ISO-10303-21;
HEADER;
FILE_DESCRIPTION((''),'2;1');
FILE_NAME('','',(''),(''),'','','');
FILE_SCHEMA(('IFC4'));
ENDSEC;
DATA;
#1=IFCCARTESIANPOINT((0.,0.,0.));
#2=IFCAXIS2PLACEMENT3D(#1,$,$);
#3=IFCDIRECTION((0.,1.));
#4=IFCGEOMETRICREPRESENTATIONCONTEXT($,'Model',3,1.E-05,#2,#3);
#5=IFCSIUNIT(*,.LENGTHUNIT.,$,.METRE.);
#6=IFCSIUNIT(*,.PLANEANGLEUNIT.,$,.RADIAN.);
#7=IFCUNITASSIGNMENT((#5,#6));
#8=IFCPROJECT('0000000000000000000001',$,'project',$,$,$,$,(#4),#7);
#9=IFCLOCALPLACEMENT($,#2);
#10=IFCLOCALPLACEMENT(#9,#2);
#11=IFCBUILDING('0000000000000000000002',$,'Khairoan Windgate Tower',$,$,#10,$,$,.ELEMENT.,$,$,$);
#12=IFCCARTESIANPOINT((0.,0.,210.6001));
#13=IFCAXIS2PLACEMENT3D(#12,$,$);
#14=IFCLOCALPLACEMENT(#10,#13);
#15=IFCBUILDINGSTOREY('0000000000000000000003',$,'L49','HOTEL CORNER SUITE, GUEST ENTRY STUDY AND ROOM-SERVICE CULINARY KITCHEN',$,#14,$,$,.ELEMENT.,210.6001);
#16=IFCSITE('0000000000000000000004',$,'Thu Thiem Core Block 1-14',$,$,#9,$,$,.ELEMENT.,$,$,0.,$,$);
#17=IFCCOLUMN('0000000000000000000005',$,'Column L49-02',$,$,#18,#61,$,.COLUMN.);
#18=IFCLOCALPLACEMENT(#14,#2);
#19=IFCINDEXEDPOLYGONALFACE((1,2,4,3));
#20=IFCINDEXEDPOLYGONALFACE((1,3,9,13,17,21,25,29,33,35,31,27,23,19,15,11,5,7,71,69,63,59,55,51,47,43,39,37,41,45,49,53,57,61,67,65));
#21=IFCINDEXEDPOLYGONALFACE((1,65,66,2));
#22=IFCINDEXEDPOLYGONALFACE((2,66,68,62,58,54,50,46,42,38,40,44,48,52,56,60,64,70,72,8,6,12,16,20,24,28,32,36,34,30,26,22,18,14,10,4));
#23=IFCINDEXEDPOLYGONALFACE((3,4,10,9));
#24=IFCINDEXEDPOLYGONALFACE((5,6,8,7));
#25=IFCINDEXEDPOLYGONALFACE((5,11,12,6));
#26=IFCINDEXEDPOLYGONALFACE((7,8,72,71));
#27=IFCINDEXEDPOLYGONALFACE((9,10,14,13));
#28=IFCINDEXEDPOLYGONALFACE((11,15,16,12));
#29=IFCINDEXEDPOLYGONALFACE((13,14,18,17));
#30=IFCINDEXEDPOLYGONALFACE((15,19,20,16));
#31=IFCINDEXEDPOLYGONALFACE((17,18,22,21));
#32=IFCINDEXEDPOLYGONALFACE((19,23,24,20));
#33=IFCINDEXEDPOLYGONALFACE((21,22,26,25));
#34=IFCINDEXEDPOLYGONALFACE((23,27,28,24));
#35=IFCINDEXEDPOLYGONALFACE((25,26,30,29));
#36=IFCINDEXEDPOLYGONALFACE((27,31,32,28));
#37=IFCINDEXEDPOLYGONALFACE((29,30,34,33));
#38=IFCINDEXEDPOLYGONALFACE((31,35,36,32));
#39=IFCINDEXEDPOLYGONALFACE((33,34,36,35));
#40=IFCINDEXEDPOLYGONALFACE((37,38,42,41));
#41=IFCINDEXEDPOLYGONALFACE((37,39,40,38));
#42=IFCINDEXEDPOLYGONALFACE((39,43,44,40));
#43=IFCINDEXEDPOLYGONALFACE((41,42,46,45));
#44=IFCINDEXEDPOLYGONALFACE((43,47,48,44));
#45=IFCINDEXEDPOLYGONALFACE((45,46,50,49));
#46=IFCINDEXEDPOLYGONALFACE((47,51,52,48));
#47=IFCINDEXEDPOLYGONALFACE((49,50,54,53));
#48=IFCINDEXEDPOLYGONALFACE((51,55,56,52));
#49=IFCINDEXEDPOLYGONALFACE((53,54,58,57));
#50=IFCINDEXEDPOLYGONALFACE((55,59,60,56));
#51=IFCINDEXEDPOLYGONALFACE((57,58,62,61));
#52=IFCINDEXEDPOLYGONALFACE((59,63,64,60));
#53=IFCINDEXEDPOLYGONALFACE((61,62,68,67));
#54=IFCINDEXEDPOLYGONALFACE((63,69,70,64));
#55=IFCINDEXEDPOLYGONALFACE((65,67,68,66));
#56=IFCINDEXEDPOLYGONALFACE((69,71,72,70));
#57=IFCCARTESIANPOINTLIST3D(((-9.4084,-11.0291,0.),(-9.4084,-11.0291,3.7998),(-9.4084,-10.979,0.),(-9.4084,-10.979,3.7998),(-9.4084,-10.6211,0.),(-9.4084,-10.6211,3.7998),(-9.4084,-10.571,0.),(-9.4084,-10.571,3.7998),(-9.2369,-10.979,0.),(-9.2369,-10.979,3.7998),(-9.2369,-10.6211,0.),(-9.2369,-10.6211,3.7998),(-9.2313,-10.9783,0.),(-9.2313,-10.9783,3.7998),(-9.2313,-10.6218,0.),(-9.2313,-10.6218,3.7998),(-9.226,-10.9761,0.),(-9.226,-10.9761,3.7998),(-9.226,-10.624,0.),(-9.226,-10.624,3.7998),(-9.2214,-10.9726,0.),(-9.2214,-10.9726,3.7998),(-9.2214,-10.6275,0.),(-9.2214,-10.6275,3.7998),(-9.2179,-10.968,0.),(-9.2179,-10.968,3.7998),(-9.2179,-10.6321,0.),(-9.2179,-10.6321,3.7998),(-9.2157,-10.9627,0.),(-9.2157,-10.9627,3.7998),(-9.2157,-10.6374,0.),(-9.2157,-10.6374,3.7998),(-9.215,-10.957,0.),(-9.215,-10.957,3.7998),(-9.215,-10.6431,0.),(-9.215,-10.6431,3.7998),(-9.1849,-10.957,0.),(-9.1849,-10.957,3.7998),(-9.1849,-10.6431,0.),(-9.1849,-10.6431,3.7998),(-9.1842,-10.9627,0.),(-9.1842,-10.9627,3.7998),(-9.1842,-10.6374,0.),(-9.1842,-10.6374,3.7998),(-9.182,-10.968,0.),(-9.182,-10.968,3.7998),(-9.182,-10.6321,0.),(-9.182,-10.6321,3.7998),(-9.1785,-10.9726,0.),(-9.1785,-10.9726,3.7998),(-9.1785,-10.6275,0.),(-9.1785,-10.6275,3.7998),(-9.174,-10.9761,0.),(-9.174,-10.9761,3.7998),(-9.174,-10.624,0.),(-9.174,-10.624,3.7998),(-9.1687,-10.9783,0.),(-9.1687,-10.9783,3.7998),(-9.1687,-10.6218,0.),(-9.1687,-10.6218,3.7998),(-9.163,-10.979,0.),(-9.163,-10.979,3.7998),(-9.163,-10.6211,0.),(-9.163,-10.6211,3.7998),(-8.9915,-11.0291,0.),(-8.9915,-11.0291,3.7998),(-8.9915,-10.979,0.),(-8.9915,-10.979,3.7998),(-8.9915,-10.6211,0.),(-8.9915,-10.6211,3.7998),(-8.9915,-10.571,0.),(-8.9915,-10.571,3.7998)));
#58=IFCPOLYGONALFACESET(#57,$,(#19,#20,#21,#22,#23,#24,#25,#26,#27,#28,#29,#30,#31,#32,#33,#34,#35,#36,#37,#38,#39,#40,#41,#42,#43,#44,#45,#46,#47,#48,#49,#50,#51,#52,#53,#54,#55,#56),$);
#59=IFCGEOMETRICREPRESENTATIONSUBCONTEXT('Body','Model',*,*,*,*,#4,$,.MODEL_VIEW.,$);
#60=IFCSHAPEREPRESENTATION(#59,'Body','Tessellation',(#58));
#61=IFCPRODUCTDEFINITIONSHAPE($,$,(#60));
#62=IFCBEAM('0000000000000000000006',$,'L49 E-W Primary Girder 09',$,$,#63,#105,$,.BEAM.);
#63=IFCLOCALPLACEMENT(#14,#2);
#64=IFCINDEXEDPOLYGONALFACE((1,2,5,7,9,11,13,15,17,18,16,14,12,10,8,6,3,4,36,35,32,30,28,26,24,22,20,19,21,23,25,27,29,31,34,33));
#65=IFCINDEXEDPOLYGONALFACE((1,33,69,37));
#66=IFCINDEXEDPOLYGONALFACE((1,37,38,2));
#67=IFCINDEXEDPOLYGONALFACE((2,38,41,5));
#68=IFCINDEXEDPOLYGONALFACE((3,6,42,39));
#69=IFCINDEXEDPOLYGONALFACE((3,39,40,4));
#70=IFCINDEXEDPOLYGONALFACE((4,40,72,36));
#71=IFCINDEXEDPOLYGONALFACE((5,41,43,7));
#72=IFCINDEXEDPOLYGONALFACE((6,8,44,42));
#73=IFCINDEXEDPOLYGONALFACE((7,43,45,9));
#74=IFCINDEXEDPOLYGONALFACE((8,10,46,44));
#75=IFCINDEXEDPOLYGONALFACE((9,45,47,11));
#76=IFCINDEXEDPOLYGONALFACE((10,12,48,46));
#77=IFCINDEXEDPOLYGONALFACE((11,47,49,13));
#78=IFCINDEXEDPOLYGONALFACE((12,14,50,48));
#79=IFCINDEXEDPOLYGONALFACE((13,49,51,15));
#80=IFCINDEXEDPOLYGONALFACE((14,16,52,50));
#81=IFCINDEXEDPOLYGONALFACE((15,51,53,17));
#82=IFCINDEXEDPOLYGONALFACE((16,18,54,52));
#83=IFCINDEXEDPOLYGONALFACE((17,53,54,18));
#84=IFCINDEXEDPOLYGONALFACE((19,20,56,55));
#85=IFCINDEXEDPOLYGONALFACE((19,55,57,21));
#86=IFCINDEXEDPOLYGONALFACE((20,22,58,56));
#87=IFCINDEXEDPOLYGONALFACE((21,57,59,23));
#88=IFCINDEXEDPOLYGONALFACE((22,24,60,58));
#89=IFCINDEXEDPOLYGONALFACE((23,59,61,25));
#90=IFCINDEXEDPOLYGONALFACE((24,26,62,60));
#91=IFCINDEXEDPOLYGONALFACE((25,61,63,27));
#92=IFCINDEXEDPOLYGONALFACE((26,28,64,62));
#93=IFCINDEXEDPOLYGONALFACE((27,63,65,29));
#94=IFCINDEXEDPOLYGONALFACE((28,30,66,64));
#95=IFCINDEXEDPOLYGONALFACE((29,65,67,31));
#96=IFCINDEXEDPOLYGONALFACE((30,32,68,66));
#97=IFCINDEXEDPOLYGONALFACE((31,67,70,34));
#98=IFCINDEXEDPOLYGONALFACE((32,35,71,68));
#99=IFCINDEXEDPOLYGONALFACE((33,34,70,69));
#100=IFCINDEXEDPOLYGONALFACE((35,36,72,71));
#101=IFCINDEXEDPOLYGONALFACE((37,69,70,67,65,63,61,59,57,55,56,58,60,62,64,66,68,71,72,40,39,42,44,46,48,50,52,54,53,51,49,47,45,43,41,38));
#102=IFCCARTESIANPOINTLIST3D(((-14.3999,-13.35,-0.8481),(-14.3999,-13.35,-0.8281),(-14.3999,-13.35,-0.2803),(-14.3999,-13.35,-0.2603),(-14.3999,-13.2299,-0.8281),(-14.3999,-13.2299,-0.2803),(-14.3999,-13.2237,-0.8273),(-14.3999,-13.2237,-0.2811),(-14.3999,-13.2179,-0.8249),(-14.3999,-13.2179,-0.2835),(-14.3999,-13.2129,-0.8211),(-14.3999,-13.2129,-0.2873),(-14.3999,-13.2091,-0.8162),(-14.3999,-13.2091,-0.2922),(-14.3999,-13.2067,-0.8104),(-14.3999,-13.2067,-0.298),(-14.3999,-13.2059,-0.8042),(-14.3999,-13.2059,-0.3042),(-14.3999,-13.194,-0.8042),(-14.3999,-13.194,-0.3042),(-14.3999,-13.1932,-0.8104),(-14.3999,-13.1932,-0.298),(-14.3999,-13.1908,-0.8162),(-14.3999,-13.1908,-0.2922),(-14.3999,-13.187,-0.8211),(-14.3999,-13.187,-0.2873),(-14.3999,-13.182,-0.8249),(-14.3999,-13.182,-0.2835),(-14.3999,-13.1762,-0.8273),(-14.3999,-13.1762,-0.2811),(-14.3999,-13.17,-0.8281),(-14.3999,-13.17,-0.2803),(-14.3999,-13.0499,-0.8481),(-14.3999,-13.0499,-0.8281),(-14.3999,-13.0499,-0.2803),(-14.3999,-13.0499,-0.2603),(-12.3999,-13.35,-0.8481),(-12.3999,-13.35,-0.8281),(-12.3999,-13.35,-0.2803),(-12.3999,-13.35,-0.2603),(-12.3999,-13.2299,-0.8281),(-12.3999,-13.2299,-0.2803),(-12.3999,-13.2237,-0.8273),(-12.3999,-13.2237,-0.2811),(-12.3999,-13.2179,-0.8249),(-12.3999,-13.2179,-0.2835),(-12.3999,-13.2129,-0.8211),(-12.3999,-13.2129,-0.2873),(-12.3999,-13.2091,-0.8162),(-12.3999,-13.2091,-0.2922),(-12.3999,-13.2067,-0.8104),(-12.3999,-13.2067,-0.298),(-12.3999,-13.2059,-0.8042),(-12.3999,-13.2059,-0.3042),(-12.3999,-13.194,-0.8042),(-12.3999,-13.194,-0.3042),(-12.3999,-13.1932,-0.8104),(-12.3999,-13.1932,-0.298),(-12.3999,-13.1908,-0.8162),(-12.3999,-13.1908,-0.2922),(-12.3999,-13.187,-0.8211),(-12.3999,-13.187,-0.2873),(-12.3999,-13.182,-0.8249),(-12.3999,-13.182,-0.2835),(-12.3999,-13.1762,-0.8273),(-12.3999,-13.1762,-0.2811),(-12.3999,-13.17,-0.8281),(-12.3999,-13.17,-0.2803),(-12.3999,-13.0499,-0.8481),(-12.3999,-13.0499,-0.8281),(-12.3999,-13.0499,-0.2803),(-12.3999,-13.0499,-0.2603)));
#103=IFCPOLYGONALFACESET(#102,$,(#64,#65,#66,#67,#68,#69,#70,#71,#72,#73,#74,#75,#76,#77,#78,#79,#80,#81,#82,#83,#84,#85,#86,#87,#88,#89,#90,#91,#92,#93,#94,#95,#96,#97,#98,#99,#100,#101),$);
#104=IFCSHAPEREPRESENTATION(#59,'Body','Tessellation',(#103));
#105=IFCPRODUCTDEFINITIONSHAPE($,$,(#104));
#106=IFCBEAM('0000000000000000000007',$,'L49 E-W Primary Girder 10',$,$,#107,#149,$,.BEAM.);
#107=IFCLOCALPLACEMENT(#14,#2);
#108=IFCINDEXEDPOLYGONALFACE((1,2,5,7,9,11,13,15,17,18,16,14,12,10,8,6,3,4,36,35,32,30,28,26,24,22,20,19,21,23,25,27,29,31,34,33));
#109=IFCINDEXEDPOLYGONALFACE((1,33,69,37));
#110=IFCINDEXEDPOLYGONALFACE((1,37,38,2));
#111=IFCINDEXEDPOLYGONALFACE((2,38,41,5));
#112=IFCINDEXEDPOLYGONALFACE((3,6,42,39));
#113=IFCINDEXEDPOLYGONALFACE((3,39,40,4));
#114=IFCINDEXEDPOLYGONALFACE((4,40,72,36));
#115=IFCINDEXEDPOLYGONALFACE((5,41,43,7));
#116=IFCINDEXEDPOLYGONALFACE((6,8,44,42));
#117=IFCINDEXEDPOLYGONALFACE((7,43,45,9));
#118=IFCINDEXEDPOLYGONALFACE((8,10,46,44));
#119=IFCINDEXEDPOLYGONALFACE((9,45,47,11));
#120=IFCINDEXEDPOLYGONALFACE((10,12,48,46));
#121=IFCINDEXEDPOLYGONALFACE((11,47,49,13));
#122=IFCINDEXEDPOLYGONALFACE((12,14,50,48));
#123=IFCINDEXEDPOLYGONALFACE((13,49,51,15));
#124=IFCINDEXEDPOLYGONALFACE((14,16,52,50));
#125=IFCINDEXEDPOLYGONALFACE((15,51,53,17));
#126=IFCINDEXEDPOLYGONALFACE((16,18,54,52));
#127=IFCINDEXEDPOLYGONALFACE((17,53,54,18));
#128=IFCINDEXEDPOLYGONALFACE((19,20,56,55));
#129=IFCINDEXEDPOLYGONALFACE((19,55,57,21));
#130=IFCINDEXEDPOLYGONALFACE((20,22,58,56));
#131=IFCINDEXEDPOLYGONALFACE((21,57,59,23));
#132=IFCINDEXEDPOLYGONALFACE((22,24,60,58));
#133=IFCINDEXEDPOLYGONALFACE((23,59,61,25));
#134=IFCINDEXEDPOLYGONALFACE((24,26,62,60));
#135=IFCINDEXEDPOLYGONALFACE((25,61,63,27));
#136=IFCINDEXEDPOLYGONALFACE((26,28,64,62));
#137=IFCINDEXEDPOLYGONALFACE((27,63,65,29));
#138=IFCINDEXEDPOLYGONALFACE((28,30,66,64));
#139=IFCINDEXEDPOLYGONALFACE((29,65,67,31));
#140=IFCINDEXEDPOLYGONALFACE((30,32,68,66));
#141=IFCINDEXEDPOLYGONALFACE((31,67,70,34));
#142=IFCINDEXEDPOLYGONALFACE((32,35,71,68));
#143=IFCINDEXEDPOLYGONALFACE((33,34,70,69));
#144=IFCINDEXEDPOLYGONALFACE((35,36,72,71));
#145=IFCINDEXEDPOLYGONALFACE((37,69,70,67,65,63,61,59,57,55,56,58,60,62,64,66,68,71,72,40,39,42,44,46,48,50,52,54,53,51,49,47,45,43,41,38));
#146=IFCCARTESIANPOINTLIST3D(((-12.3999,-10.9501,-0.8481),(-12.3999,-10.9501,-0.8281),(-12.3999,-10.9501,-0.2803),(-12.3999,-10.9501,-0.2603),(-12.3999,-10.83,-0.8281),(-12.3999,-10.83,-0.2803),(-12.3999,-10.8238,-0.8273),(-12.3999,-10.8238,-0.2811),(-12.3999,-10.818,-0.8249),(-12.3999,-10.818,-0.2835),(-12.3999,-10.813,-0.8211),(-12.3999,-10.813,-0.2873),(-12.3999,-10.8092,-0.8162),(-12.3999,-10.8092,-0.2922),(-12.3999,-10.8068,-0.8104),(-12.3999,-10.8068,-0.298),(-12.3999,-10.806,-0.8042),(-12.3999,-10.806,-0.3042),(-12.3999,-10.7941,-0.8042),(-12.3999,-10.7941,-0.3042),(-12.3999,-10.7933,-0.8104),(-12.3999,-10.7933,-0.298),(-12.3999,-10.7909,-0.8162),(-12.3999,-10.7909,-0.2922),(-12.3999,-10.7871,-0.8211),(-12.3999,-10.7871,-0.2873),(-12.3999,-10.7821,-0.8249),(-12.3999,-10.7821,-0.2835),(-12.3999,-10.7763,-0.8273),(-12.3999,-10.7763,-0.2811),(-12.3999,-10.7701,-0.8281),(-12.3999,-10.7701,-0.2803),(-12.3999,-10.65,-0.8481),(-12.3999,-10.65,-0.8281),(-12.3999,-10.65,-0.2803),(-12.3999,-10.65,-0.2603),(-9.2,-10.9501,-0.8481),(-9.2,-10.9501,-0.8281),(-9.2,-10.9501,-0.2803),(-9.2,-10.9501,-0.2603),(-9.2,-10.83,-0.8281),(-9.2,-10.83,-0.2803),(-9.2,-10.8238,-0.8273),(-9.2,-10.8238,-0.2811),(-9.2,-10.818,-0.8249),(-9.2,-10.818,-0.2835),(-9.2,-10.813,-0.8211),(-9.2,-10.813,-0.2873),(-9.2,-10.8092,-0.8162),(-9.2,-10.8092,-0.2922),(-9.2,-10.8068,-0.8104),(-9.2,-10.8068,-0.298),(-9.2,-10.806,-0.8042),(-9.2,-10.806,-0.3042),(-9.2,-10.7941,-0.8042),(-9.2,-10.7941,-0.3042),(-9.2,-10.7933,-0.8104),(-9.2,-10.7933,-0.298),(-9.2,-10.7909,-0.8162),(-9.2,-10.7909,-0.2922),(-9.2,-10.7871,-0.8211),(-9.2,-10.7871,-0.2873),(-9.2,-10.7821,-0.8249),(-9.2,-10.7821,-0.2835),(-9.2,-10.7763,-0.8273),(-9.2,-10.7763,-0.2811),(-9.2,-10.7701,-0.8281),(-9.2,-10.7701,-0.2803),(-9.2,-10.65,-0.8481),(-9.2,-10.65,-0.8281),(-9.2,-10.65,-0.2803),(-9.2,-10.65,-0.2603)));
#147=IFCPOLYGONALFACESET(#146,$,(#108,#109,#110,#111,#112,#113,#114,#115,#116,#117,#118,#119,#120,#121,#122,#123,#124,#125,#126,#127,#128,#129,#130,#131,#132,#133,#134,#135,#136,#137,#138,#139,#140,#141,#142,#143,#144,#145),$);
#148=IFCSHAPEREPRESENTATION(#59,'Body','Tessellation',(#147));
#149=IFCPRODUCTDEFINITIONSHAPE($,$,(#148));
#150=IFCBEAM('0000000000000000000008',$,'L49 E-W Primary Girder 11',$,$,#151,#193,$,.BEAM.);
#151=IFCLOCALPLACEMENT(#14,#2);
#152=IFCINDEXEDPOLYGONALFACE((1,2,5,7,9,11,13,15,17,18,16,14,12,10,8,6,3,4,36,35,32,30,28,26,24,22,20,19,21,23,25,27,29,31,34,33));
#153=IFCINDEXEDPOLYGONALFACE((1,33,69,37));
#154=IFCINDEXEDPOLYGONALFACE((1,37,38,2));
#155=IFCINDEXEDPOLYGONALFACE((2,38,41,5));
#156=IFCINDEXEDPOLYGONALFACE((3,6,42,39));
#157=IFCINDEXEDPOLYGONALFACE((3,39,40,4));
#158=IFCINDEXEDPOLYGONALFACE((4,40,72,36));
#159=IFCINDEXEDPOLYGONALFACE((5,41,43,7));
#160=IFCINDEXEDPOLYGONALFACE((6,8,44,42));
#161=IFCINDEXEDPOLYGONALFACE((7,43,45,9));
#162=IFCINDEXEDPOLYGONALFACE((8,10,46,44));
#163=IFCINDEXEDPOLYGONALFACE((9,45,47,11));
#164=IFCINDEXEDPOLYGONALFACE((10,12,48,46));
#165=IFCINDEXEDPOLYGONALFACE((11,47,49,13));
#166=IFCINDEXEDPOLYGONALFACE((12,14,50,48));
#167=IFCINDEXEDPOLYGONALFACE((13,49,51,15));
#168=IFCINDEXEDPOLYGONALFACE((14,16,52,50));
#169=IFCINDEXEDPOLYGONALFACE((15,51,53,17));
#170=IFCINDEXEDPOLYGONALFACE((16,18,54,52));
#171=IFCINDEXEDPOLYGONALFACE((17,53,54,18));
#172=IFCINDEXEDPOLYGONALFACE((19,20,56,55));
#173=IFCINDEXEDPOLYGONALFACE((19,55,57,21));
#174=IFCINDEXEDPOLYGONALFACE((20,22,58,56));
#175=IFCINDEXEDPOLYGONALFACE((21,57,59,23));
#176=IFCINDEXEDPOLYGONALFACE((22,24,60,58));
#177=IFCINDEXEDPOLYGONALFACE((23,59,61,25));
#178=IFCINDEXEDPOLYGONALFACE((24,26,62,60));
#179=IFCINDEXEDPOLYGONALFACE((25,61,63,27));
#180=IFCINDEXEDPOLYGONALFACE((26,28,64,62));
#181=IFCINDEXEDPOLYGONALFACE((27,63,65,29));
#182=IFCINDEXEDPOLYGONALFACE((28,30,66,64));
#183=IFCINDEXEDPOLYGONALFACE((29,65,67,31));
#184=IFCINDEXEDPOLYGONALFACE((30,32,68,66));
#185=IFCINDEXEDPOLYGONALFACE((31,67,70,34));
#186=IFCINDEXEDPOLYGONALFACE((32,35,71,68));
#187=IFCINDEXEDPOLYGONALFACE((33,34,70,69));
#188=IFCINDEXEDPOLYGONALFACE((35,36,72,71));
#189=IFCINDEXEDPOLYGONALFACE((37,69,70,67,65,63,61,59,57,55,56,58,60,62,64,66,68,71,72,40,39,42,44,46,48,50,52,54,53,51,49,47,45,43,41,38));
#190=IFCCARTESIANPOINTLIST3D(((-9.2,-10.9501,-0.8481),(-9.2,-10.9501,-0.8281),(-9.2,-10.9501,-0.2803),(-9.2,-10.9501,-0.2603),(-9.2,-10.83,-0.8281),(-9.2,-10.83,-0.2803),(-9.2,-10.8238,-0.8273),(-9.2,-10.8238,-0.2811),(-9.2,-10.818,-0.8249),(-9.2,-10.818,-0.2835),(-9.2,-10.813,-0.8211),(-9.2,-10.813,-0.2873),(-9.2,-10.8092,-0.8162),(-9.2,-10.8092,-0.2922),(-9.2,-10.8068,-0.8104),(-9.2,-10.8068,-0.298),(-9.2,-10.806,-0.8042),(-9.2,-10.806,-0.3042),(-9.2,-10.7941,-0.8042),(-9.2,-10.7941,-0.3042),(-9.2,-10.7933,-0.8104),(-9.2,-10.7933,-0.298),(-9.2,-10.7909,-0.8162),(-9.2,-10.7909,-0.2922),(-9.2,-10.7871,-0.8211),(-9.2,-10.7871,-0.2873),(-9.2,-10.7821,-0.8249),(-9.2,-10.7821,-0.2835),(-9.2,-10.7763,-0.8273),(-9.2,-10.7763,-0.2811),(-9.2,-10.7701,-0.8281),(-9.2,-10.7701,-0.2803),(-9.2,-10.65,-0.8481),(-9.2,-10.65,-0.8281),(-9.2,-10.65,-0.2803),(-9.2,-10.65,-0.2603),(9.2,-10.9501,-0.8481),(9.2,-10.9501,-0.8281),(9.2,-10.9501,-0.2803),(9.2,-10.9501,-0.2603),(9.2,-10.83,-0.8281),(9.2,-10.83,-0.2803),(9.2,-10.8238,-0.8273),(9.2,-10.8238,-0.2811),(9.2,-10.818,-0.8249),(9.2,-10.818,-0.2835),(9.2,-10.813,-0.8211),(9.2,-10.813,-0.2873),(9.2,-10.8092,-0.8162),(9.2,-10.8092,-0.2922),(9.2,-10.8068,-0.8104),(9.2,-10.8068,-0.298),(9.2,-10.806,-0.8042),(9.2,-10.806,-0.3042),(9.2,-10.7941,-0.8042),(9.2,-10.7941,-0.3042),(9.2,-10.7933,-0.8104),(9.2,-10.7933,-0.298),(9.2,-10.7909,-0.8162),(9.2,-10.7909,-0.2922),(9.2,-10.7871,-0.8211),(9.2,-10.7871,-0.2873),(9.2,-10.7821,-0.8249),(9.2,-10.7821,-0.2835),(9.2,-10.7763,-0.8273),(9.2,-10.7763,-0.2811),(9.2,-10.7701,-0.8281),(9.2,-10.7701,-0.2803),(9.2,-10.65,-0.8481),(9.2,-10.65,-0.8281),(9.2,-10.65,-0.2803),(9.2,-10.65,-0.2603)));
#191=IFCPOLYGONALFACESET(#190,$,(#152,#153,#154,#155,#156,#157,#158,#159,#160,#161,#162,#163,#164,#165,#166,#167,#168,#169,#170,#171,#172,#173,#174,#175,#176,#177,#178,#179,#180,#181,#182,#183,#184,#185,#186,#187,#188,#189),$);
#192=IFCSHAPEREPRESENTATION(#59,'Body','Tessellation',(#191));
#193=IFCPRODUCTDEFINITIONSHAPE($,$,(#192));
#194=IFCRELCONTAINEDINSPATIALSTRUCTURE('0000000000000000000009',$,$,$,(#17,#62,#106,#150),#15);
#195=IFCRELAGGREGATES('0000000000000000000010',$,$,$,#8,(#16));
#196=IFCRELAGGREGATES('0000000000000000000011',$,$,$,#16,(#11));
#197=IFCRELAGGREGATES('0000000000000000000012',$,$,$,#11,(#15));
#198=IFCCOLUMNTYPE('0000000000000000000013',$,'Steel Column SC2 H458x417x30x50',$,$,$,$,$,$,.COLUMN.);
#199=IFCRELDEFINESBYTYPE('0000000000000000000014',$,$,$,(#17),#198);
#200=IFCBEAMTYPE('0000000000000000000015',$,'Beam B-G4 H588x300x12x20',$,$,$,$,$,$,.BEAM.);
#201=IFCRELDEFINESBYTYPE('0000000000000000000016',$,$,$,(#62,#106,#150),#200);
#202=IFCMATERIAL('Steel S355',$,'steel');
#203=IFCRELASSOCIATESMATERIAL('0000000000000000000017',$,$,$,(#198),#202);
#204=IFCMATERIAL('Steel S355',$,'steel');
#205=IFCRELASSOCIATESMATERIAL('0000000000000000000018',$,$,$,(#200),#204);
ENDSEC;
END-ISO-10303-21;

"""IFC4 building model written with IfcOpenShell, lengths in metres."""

from ifc_helpers import new_model, si_unit, direction, frame, origin, origin_2d, place, context, subcontext, project, spatial, i_section, extrude, material, material_profile, profile_set, type_object, element, save


model = new_model("IFC4")

# Units and contexts
model_context = context("Model", 3, precision=1e-05, world=origin(), true_north=direction((0.0, 1.0)))
body_context = subcontext(model_context, "Body", "Model", "MODEL_VIEW")
ifc_project = project(units=[si_unit("LENGTHUNIT", "METRE"), si_unit("PLANEANGLEUNIT", "RADIAN")], contexts=[model_context])

# Site, building, storey
site_placement = place(None, origin())
site = spatial("IfcSite", under=ifc_project, at=site_placement, Name="Thu Thiem Core Block 1-14", CompositionType="ELEMENT", RefElevation=0.0)
building_placement = place(site_placement, origin())
building = spatial("IfcBuilding", under=site, at=building_placement, Name="Khairoan Windgate Tower", CompositionType="ELEMENT")
storey_placement = place(building_placement, frame((0.0, 0.0, 210.6001)))
storey = spatial("IfcBuildingStorey", under=building, at=storey_placement, Name="L49", Description="HOTEL CORNER SUITE, GUEST ENTRY STUDY AND ROOM-SERVICE CULINARY KITCHEN", CompositionType="ELEMENT", Elevation=210.6001)

# Column
ifc_material_1 = material(Name="Steel S355", Category="steel")
ifc_material_profile_1 = material_profile(ifc_material_1, i_section(OverallWidth=0.417, OverallDepth=0.458, WebThickness=0.03, FlangeThickness=0.05, FilletRadius=0.022, at=origin_2d()))
ifc_profile_set_1 = profile_set([ifc_material_profile_1], Name="Steel S355")
column_type = type_object("IfcColumnType", Name="Steel Column SC2 H458x417x30x50", PredefinedType="COLUMN", material=ifc_profile_set_1)
column_placement = place(storey_placement, frame((-9.2, -10.8, 0.0), z_axis=(0.0, 0.0, 1.0), x_axis=(1.0, 0.0, 0.0)))
element("IfcColumn", 1, at=column_placement, inside=storey, type_object=column_type, Name="Column L49-02", PredefinedType="COLUMN", context=body_context, shape_type="SweptSolid", body=[
    extrude(i_section(OverallWidth=0.417, OverallDepth=0.458, WebThickness=0.03, FlangeThickness=0.05, FilletRadius=0.022, at=origin_2d()), origin(), (0.0, 0.0, 1.0), 3.7998),
])

# Beams
ifc_material_2 = material(Name="Steel S355", Category="steel")
ifc_material_profile_2 = material_profile(ifc_material_2, i_section(OverallWidth=0.3, OverallDepth=0.5879, WebThickness=0.012, FlangeThickness=0.02, FilletRadius=0.0239, at=origin_2d()))
ifc_profile_set_2 = profile_set([ifc_material_profile_2], Name="Steel S355")
beam_type_1 = type_object("IfcBeamType", Name="Beam B-G4 H588x300x12x20", PredefinedType="BEAM", material=ifc_profile_set_2)
beam_1_placement = place(storey_placement, frame((-14.3999, -13.2, -0.5542), z_axis=(1.0, 0.0, 0.0), x_axis=(0.0, 1.0, 0.0)))
element("IfcBeam", 2, at=beam_1_placement, inside=storey, type_object=beam_type_1, Name="L49 E-W Primary Girder 09", PredefinedType="BEAM", context=body_context, shape_type="SweptSolid", body=[
    extrude(i_section(OverallWidth=0.3, OverallDepth=0.5879, WebThickness=0.012, FlangeThickness=0.02, FilletRadius=0.0239, at=origin_2d()), origin(), (0.0, 0.0, 1.0), 2.0),
])
beam_2_placement = place(storey_placement, frame((-12.3999, -10.8, -0.5542), z_axis=(1.0, 0.0, 0.0), x_axis=(0.0, 1.0, 0.0)))
element("IfcBeam", 3, at=beam_2_placement, inside=storey, type_object=beam_type_1, Name="L49 E-W Primary Girder 10", PredefinedType="BEAM", context=body_context, shape_type="SweptSolid", body=[
    extrude(i_section(OverallWidth=0.3, OverallDepth=0.5879, WebThickness=0.012, FlangeThickness=0.02, FilletRadius=0.0239, at=origin_2d()), origin(), (0.0, 0.0, 1.0), 3.2),
])
beam_3_placement = place(storey_placement, frame((-9.2, -10.8, -0.5542), z_axis=(1.0, 0.0, 0.0), x_axis=(0.0, 1.0, 0.0)))
element("IfcBeam", 4, at=beam_3_placement, inside=storey, type_object=beam_type_1, Name="L49 E-W Primary Girder 11", PredefinedType="BEAM", context=body_context, shape_type="SweptSolid", body=[
    extrude(i_section(OverallWidth=0.3, OverallDepth=0.5879, WebThickness=0.012, FlangeThickness=0.02, FilletRadius=0.0239, at=origin_2d()), origin(), (0.0, 0.0, 1.0), 18.3999),
])

save(model, "model.ifc")
